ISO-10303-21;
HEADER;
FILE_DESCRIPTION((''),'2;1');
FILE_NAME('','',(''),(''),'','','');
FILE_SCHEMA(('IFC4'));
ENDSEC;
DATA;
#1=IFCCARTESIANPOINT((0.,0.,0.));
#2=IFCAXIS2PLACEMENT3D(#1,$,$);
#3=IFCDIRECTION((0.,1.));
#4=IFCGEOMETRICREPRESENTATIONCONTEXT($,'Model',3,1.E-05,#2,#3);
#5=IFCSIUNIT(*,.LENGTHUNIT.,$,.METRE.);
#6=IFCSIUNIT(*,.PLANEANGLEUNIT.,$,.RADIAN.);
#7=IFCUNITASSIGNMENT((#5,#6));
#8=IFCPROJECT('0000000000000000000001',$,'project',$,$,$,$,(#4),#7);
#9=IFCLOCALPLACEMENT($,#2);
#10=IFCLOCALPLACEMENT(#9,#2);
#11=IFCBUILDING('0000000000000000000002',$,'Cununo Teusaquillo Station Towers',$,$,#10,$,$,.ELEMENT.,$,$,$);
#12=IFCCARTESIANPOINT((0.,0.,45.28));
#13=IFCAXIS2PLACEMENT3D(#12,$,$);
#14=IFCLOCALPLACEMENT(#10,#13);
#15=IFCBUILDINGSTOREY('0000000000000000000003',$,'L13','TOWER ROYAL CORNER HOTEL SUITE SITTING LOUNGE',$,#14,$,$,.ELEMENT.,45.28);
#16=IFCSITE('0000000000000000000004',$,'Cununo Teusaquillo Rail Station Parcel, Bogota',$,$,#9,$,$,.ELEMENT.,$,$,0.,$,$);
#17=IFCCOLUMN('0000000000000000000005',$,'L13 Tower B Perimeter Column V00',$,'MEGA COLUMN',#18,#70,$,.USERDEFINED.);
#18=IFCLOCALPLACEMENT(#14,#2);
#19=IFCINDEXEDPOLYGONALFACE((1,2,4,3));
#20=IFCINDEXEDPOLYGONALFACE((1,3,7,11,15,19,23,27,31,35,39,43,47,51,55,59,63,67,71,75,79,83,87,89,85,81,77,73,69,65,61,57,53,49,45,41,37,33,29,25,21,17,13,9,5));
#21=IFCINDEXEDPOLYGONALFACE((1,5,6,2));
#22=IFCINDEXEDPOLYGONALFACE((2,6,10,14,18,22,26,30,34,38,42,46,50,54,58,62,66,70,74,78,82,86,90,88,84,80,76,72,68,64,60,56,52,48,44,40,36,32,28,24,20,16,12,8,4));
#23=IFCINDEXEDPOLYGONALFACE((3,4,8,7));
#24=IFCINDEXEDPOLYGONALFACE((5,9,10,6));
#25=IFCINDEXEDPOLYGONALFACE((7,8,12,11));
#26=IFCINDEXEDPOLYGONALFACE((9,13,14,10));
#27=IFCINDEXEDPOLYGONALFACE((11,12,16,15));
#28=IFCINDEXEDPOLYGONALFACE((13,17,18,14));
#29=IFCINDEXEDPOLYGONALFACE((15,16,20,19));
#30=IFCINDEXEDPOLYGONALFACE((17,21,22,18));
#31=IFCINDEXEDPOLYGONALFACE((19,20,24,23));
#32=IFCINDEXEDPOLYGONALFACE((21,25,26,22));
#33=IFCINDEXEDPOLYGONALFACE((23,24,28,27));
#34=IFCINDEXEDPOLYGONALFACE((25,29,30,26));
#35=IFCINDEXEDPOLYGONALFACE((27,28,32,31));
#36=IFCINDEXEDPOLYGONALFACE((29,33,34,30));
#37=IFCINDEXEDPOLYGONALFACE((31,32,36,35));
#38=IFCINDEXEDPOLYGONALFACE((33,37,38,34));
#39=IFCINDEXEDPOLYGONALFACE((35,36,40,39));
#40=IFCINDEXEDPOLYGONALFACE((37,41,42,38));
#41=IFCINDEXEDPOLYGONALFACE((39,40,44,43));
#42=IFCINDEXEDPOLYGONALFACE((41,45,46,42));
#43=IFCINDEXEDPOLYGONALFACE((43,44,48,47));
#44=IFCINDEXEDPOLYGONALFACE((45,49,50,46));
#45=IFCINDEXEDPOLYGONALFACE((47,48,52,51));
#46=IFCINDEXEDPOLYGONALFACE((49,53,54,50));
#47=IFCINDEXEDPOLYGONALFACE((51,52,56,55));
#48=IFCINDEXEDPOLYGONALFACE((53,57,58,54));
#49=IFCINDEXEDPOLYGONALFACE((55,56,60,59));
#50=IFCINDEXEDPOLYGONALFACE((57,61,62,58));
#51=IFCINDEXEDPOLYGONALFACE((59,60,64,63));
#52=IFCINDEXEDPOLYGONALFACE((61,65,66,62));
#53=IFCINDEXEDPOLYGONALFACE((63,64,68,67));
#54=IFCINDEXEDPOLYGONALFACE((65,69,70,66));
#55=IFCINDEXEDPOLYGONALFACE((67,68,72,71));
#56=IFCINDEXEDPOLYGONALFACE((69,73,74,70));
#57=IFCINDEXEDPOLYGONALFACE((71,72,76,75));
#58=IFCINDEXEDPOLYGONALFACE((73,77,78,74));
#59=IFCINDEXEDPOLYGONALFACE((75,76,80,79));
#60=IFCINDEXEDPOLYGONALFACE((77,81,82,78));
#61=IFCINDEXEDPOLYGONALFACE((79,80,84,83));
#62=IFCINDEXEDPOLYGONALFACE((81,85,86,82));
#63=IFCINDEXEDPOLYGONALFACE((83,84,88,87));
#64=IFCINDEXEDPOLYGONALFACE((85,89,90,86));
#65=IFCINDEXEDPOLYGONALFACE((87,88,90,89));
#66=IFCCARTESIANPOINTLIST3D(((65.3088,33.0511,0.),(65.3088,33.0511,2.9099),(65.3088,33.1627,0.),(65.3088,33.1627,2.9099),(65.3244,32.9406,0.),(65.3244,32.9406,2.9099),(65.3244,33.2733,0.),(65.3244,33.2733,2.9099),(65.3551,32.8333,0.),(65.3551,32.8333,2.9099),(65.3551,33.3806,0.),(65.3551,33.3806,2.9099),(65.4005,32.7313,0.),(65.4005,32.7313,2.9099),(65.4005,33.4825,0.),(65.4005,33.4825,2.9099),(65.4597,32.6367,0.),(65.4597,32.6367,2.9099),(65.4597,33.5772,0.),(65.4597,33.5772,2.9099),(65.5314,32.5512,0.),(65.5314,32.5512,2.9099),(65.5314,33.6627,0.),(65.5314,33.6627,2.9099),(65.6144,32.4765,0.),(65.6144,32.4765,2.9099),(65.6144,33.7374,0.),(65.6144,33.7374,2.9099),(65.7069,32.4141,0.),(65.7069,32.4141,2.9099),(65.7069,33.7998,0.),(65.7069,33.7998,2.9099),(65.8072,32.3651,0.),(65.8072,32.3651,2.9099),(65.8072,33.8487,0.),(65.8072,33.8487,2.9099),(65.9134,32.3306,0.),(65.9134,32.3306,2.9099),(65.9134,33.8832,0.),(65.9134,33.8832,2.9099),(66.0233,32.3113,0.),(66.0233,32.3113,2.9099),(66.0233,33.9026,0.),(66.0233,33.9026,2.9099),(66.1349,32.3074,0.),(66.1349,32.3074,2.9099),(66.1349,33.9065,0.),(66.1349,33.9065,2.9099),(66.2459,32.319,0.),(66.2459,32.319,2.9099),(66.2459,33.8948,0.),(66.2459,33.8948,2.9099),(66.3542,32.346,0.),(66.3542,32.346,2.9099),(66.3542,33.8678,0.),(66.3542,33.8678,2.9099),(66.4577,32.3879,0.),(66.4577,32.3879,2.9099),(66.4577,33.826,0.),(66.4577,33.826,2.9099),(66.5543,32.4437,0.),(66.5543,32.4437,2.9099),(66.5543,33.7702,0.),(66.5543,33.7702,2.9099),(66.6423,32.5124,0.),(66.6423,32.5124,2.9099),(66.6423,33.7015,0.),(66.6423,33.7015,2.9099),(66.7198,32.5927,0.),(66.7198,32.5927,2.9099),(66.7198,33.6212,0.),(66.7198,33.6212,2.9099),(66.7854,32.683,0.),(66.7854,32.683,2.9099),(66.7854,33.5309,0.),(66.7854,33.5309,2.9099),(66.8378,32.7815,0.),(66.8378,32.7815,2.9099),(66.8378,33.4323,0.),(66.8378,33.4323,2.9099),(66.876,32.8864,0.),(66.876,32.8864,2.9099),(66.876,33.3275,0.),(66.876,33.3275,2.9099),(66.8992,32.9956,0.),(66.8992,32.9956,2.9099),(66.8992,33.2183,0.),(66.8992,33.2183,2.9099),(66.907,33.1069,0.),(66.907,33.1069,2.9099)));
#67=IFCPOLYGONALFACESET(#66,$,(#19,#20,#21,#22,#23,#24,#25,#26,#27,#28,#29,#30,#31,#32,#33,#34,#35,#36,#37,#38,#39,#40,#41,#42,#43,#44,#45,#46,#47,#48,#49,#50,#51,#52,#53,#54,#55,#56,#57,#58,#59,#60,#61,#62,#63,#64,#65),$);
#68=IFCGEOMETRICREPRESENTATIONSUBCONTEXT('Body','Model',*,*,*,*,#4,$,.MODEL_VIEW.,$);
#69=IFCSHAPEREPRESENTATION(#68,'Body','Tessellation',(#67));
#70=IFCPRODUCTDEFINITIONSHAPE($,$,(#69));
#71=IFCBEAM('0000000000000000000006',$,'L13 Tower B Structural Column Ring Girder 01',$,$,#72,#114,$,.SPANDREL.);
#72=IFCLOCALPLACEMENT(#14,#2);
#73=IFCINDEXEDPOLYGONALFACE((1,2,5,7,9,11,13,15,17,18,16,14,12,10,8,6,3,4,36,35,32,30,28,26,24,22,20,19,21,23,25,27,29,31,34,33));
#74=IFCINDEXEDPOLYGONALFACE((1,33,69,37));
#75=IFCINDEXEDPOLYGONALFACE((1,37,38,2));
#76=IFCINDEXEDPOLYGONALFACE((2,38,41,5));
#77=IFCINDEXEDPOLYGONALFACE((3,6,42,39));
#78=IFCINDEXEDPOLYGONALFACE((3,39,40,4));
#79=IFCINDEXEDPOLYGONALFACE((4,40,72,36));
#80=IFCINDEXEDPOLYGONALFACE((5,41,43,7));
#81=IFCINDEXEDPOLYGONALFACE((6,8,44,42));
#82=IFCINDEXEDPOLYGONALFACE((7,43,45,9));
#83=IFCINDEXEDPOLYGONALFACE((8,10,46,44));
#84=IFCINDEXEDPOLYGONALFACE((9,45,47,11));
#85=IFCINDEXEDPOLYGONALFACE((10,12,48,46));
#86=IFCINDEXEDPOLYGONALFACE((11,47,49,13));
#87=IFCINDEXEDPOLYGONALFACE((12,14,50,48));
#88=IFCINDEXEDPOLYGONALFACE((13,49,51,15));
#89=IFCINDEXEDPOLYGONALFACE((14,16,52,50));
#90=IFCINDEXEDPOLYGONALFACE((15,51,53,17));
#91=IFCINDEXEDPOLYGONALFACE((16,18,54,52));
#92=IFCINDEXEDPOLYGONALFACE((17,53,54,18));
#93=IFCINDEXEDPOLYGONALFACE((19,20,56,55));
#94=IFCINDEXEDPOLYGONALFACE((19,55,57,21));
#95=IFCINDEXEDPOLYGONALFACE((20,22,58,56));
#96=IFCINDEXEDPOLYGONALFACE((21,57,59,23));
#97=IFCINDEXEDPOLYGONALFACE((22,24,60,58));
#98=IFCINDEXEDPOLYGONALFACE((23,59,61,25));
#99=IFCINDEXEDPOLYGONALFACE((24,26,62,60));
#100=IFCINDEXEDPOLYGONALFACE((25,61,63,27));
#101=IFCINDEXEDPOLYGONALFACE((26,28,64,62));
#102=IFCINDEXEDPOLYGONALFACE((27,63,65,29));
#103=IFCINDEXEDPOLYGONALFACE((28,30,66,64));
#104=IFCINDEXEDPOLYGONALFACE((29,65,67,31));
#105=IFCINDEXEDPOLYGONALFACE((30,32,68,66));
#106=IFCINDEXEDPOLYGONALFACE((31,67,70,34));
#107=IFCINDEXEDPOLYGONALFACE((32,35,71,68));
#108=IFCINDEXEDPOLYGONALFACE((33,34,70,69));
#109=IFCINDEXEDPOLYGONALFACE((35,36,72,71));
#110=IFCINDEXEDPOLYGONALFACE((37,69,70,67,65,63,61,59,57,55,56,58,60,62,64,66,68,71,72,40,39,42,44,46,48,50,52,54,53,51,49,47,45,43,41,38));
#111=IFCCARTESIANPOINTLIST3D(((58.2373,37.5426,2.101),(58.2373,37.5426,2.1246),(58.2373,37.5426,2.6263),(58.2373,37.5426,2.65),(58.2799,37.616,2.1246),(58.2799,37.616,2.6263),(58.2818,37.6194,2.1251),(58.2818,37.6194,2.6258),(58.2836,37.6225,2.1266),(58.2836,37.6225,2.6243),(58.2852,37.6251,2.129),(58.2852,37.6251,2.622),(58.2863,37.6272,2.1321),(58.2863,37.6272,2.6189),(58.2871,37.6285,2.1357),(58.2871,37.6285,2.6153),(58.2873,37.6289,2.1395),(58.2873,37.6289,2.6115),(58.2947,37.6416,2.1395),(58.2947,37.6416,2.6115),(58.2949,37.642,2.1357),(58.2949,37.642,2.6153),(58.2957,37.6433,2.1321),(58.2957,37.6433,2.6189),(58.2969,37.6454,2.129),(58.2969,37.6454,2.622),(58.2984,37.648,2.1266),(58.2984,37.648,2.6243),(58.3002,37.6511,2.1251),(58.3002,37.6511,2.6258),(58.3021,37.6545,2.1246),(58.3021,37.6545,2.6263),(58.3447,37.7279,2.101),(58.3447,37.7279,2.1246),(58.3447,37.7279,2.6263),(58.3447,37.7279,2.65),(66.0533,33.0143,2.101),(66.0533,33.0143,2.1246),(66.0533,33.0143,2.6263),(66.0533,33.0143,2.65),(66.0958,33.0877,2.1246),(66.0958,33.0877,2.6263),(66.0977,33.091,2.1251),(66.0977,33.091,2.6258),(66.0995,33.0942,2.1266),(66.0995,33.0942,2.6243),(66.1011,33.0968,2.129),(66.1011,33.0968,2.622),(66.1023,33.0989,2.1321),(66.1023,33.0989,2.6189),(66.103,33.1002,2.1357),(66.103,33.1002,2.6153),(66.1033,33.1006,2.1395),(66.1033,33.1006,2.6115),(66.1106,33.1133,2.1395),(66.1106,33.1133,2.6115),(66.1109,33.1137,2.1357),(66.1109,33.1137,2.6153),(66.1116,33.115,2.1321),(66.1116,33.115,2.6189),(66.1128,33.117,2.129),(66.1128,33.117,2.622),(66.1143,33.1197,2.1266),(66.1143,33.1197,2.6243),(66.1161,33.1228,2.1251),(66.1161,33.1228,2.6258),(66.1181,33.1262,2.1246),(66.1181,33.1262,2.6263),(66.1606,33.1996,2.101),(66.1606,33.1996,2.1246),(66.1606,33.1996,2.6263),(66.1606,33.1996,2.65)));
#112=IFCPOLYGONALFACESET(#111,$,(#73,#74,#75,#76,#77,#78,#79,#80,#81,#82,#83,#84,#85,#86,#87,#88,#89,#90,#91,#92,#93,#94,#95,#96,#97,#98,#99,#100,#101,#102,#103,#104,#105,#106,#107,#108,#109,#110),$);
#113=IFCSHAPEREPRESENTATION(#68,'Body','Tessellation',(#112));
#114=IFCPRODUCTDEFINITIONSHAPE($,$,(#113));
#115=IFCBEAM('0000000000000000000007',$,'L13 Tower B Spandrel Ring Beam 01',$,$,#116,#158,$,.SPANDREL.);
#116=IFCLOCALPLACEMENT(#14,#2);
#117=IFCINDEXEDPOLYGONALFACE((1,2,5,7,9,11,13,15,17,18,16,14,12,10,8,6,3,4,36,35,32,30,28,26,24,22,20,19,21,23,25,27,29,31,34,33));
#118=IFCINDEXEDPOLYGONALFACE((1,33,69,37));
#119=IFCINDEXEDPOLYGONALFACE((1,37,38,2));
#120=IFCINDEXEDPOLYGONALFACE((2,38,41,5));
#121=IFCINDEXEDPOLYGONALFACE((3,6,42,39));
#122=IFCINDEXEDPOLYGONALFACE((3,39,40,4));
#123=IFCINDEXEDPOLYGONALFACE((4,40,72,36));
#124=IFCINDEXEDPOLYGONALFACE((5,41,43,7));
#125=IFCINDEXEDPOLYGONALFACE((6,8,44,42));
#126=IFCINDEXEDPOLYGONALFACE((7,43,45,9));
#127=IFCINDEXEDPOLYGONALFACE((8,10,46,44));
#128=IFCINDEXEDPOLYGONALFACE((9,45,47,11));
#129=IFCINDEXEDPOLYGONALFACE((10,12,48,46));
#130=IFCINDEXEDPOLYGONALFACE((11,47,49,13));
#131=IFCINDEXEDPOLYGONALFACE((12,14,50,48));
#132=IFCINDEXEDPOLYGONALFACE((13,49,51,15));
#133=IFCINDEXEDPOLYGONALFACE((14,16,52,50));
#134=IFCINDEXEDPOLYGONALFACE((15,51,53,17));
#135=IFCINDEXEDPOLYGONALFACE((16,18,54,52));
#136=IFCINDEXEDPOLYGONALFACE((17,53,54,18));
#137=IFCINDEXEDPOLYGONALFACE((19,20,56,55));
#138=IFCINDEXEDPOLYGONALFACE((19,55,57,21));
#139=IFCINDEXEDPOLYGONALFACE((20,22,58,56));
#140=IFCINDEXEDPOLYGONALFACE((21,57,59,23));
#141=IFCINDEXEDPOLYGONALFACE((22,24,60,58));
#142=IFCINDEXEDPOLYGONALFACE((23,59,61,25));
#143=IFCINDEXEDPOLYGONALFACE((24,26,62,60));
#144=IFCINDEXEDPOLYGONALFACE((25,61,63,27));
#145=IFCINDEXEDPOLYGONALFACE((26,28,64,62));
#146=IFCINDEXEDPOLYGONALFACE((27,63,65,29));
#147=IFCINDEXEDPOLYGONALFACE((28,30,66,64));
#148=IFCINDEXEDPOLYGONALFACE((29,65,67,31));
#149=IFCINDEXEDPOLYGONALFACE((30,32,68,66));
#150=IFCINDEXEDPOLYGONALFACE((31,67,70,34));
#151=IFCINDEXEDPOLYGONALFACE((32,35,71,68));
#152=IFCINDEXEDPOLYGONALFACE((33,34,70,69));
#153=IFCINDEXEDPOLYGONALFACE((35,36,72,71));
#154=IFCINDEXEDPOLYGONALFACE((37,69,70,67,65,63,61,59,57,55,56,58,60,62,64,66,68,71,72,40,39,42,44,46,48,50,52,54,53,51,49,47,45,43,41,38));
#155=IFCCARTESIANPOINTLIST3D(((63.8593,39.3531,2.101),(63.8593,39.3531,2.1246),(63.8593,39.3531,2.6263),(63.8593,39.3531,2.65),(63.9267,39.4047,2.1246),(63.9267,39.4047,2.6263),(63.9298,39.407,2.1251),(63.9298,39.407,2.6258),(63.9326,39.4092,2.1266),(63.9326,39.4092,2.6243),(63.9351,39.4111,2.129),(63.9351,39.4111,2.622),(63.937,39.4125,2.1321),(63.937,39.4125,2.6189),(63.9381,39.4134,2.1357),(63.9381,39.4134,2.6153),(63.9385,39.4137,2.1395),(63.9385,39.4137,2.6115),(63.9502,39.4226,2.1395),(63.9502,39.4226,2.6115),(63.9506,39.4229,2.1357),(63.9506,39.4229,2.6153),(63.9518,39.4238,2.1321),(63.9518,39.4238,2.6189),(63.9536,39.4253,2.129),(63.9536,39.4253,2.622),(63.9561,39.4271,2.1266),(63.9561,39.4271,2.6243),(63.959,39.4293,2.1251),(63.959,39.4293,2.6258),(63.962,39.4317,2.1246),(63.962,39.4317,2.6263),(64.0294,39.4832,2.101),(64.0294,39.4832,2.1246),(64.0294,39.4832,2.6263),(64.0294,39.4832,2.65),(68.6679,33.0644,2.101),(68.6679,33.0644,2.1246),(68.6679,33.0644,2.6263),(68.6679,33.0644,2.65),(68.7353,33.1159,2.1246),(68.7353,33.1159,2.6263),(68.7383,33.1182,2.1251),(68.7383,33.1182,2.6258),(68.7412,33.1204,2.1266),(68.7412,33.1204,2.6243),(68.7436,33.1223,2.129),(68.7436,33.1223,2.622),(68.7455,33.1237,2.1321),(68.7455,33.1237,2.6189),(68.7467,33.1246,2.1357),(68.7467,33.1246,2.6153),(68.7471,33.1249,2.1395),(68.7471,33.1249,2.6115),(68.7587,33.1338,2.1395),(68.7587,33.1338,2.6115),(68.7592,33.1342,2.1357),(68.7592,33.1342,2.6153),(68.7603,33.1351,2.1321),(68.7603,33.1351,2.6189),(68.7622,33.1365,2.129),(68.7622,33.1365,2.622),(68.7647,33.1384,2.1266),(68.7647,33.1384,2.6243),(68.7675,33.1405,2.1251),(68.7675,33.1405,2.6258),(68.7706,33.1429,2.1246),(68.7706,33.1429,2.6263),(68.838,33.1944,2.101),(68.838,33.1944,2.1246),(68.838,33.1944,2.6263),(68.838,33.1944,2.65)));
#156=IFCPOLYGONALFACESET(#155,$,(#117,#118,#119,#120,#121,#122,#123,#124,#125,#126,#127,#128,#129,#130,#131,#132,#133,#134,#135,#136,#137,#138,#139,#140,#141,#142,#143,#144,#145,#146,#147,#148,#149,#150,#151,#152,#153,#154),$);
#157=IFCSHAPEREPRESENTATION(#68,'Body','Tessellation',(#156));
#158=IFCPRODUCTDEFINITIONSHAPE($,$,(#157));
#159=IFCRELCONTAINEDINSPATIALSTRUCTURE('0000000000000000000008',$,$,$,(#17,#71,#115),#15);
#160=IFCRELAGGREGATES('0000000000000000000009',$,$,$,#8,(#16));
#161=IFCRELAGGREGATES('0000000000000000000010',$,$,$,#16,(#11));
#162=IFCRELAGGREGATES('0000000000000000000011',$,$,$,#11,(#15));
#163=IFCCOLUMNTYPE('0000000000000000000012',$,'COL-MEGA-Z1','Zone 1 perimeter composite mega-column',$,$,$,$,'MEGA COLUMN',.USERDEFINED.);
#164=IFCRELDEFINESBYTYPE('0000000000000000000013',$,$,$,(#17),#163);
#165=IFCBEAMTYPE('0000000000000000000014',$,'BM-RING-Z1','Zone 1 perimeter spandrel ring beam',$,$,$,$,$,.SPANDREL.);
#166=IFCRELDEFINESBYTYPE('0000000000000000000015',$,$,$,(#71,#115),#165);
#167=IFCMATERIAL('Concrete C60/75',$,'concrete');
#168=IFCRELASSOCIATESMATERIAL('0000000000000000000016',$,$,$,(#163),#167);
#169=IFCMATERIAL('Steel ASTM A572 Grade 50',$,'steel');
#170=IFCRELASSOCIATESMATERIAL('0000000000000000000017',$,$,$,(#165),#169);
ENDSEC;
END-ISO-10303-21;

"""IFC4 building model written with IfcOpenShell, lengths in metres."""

from ifc_helpers import new_model, si_unit, direction, frame, origin, origin_2d, place, context, subcontext, project, spatial, circle, i_section, extrude, material, material_profile, profile_set, type_object, element, save


model = new_model("IFC4")

# Units and contexts
model_context = context("Model", 3, precision=1e-05, world=origin(), true_north=direction((0.0, 1.0)))
body_context = subcontext(model_context, "Body", "Model", "MODEL_VIEW")
ifc_project = project(units=[si_unit("LENGTHUNIT", "METRE"), si_unit("PLANEANGLEUNIT", "RADIAN")], contexts=[model_context])

# Site, building, storey
site_placement = place(None, origin())
site = spatial("IfcSite", under=ifc_project, at=site_placement, Name="Cununo Teusaquillo Rail Station Parcel, Bogota", CompositionType="ELEMENT", RefElevation=0.0)
building_placement = place(site_placement, origin())
building = spatial("IfcBuilding", under=site, at=building_placement, Name="Cununo Teusaquillo Station Towers", CompositionType="ELEMENT")
storey_placement = place(building_placement, frame((0.0, 0.0, 45.28)))
storey = spatial("IfcBuildingStorey", under=building, at=storey_placement, Name="L13", Description="TOWER ROYAL CORNER HOTEL SUITE SITTING LOUNGE", CompositionType="ELEMENT", Elevation=45.28)

# Column
ifc_material_1 = material(Name="Concrete C60/75", Category="concrete")
ifc_material_profile_1 = material_profile(ifc_material_1, circle(Radius=0.8, at=origin_2d()), Name="RC-CIRC-1600")
ifc_profile_set_1 = profile_set([ifc_material_profile_1], Name="Concrete C60/75")
column_type = type_object("IfcColumnType", Name="COL-MEGA-Z1", Description="Zone 1 perimeter composite mega-column", ElementType="MEGA COLUMN", PredefinedType="USERDEFINED", material=ifc_profile_set_1)
column_placement = place(storey_placement, frame((66.1069, 33.1069, 0.0), z_axis=(0.0, 0.0, 1.0), x_axis=(1.0, 0.0, 0.0)))
element("IfcColumn", 1, at=column_placement, inside=storey, type_object=column_type, Name="L13 Tower B Perimeter Column V00", ObjectType="MEGA COLUMN", PredefinedType="USERDEFINED", context=body_context, shape_type="SweptSolid", body=[
    extrude(circle(Radius=0.8, at=origin_2d()), origin(), (0.0, 0.0, 1.0), 2.9099),
])

# Beams
ifc_material_2 = material(Name="Steel ASTM A572 Grade 50", Category="steel")
ifc_material_profile_2 = material_profile(ifc_material_2, i_section(OverallWidth=0.2141, OverallDepth=0.5491, WebThickness=0.0146, FlangeThickness=0.0237, FilletRadius=0.0149, at=origin_2d()), Name="W21X93")
ifc_profile_set_2 = profile_set([ifc_material_profile_2], Name="Steel ASTM A572 Grade 50")
beam_type = type_object("IfcBeamType", Name="BM-RING-Z1", Description="Zone 1 perimeter spandrel ring beam", PredefinedType="SPANDREL", material=ifc_profile_set_2)
beam_1_placement = place(storey_placement, frame((66.1069, 33.1069, 2.3755), z_axis=(-0.865267, 0.501311, 0.0), x_axis=(-0.501311, -0.865267, 0.0)))
element("IfcBeam", 2, at=beam_1_placement, inside=storey, type_object=beam_type, Name="L13 Tower B Structural Column Ring Girder 01", PredefinedType="SPANDREL", context=body_context, shape_type="SweptSolid", body=[
    extrude(i_section(OverallWidth=0.2141, OverallDepth=0.5491, WebThickness=0.0146, FlangeThickness=0.0237, FilletRadius=0.0149, at=origin_2d()), origin(), (0.0, 0.0, 1.0), 9.033),
])
beam_2_placement = place(storey_placement, frame((68.7529, 33.1294, 2.3755), z_axis=(-0.60741, 0.794388, 0.0), x_axis=(-0.794388, -0.60741, 0.0)))
element("IfcBeam", 3, at=beam_2_placement, inside=storey, type_object=beam_type, Name="L13 Tower B Spandrel Ring Beam 01", PredefinedType="SPANDREL", context=body_context, shape_type="SweptSolid", body=[
    extrude(i_section(OverallWidth=0.2141, OverallDepth=0.5491, WebThickness=0.0146, FlangeThickness=0.0237, FilletRadius=0.0149, at=origin_2d()), origin(), (0.0, 0.0, 1.0), 7.9165),
])

save(model, "model.ifc")
